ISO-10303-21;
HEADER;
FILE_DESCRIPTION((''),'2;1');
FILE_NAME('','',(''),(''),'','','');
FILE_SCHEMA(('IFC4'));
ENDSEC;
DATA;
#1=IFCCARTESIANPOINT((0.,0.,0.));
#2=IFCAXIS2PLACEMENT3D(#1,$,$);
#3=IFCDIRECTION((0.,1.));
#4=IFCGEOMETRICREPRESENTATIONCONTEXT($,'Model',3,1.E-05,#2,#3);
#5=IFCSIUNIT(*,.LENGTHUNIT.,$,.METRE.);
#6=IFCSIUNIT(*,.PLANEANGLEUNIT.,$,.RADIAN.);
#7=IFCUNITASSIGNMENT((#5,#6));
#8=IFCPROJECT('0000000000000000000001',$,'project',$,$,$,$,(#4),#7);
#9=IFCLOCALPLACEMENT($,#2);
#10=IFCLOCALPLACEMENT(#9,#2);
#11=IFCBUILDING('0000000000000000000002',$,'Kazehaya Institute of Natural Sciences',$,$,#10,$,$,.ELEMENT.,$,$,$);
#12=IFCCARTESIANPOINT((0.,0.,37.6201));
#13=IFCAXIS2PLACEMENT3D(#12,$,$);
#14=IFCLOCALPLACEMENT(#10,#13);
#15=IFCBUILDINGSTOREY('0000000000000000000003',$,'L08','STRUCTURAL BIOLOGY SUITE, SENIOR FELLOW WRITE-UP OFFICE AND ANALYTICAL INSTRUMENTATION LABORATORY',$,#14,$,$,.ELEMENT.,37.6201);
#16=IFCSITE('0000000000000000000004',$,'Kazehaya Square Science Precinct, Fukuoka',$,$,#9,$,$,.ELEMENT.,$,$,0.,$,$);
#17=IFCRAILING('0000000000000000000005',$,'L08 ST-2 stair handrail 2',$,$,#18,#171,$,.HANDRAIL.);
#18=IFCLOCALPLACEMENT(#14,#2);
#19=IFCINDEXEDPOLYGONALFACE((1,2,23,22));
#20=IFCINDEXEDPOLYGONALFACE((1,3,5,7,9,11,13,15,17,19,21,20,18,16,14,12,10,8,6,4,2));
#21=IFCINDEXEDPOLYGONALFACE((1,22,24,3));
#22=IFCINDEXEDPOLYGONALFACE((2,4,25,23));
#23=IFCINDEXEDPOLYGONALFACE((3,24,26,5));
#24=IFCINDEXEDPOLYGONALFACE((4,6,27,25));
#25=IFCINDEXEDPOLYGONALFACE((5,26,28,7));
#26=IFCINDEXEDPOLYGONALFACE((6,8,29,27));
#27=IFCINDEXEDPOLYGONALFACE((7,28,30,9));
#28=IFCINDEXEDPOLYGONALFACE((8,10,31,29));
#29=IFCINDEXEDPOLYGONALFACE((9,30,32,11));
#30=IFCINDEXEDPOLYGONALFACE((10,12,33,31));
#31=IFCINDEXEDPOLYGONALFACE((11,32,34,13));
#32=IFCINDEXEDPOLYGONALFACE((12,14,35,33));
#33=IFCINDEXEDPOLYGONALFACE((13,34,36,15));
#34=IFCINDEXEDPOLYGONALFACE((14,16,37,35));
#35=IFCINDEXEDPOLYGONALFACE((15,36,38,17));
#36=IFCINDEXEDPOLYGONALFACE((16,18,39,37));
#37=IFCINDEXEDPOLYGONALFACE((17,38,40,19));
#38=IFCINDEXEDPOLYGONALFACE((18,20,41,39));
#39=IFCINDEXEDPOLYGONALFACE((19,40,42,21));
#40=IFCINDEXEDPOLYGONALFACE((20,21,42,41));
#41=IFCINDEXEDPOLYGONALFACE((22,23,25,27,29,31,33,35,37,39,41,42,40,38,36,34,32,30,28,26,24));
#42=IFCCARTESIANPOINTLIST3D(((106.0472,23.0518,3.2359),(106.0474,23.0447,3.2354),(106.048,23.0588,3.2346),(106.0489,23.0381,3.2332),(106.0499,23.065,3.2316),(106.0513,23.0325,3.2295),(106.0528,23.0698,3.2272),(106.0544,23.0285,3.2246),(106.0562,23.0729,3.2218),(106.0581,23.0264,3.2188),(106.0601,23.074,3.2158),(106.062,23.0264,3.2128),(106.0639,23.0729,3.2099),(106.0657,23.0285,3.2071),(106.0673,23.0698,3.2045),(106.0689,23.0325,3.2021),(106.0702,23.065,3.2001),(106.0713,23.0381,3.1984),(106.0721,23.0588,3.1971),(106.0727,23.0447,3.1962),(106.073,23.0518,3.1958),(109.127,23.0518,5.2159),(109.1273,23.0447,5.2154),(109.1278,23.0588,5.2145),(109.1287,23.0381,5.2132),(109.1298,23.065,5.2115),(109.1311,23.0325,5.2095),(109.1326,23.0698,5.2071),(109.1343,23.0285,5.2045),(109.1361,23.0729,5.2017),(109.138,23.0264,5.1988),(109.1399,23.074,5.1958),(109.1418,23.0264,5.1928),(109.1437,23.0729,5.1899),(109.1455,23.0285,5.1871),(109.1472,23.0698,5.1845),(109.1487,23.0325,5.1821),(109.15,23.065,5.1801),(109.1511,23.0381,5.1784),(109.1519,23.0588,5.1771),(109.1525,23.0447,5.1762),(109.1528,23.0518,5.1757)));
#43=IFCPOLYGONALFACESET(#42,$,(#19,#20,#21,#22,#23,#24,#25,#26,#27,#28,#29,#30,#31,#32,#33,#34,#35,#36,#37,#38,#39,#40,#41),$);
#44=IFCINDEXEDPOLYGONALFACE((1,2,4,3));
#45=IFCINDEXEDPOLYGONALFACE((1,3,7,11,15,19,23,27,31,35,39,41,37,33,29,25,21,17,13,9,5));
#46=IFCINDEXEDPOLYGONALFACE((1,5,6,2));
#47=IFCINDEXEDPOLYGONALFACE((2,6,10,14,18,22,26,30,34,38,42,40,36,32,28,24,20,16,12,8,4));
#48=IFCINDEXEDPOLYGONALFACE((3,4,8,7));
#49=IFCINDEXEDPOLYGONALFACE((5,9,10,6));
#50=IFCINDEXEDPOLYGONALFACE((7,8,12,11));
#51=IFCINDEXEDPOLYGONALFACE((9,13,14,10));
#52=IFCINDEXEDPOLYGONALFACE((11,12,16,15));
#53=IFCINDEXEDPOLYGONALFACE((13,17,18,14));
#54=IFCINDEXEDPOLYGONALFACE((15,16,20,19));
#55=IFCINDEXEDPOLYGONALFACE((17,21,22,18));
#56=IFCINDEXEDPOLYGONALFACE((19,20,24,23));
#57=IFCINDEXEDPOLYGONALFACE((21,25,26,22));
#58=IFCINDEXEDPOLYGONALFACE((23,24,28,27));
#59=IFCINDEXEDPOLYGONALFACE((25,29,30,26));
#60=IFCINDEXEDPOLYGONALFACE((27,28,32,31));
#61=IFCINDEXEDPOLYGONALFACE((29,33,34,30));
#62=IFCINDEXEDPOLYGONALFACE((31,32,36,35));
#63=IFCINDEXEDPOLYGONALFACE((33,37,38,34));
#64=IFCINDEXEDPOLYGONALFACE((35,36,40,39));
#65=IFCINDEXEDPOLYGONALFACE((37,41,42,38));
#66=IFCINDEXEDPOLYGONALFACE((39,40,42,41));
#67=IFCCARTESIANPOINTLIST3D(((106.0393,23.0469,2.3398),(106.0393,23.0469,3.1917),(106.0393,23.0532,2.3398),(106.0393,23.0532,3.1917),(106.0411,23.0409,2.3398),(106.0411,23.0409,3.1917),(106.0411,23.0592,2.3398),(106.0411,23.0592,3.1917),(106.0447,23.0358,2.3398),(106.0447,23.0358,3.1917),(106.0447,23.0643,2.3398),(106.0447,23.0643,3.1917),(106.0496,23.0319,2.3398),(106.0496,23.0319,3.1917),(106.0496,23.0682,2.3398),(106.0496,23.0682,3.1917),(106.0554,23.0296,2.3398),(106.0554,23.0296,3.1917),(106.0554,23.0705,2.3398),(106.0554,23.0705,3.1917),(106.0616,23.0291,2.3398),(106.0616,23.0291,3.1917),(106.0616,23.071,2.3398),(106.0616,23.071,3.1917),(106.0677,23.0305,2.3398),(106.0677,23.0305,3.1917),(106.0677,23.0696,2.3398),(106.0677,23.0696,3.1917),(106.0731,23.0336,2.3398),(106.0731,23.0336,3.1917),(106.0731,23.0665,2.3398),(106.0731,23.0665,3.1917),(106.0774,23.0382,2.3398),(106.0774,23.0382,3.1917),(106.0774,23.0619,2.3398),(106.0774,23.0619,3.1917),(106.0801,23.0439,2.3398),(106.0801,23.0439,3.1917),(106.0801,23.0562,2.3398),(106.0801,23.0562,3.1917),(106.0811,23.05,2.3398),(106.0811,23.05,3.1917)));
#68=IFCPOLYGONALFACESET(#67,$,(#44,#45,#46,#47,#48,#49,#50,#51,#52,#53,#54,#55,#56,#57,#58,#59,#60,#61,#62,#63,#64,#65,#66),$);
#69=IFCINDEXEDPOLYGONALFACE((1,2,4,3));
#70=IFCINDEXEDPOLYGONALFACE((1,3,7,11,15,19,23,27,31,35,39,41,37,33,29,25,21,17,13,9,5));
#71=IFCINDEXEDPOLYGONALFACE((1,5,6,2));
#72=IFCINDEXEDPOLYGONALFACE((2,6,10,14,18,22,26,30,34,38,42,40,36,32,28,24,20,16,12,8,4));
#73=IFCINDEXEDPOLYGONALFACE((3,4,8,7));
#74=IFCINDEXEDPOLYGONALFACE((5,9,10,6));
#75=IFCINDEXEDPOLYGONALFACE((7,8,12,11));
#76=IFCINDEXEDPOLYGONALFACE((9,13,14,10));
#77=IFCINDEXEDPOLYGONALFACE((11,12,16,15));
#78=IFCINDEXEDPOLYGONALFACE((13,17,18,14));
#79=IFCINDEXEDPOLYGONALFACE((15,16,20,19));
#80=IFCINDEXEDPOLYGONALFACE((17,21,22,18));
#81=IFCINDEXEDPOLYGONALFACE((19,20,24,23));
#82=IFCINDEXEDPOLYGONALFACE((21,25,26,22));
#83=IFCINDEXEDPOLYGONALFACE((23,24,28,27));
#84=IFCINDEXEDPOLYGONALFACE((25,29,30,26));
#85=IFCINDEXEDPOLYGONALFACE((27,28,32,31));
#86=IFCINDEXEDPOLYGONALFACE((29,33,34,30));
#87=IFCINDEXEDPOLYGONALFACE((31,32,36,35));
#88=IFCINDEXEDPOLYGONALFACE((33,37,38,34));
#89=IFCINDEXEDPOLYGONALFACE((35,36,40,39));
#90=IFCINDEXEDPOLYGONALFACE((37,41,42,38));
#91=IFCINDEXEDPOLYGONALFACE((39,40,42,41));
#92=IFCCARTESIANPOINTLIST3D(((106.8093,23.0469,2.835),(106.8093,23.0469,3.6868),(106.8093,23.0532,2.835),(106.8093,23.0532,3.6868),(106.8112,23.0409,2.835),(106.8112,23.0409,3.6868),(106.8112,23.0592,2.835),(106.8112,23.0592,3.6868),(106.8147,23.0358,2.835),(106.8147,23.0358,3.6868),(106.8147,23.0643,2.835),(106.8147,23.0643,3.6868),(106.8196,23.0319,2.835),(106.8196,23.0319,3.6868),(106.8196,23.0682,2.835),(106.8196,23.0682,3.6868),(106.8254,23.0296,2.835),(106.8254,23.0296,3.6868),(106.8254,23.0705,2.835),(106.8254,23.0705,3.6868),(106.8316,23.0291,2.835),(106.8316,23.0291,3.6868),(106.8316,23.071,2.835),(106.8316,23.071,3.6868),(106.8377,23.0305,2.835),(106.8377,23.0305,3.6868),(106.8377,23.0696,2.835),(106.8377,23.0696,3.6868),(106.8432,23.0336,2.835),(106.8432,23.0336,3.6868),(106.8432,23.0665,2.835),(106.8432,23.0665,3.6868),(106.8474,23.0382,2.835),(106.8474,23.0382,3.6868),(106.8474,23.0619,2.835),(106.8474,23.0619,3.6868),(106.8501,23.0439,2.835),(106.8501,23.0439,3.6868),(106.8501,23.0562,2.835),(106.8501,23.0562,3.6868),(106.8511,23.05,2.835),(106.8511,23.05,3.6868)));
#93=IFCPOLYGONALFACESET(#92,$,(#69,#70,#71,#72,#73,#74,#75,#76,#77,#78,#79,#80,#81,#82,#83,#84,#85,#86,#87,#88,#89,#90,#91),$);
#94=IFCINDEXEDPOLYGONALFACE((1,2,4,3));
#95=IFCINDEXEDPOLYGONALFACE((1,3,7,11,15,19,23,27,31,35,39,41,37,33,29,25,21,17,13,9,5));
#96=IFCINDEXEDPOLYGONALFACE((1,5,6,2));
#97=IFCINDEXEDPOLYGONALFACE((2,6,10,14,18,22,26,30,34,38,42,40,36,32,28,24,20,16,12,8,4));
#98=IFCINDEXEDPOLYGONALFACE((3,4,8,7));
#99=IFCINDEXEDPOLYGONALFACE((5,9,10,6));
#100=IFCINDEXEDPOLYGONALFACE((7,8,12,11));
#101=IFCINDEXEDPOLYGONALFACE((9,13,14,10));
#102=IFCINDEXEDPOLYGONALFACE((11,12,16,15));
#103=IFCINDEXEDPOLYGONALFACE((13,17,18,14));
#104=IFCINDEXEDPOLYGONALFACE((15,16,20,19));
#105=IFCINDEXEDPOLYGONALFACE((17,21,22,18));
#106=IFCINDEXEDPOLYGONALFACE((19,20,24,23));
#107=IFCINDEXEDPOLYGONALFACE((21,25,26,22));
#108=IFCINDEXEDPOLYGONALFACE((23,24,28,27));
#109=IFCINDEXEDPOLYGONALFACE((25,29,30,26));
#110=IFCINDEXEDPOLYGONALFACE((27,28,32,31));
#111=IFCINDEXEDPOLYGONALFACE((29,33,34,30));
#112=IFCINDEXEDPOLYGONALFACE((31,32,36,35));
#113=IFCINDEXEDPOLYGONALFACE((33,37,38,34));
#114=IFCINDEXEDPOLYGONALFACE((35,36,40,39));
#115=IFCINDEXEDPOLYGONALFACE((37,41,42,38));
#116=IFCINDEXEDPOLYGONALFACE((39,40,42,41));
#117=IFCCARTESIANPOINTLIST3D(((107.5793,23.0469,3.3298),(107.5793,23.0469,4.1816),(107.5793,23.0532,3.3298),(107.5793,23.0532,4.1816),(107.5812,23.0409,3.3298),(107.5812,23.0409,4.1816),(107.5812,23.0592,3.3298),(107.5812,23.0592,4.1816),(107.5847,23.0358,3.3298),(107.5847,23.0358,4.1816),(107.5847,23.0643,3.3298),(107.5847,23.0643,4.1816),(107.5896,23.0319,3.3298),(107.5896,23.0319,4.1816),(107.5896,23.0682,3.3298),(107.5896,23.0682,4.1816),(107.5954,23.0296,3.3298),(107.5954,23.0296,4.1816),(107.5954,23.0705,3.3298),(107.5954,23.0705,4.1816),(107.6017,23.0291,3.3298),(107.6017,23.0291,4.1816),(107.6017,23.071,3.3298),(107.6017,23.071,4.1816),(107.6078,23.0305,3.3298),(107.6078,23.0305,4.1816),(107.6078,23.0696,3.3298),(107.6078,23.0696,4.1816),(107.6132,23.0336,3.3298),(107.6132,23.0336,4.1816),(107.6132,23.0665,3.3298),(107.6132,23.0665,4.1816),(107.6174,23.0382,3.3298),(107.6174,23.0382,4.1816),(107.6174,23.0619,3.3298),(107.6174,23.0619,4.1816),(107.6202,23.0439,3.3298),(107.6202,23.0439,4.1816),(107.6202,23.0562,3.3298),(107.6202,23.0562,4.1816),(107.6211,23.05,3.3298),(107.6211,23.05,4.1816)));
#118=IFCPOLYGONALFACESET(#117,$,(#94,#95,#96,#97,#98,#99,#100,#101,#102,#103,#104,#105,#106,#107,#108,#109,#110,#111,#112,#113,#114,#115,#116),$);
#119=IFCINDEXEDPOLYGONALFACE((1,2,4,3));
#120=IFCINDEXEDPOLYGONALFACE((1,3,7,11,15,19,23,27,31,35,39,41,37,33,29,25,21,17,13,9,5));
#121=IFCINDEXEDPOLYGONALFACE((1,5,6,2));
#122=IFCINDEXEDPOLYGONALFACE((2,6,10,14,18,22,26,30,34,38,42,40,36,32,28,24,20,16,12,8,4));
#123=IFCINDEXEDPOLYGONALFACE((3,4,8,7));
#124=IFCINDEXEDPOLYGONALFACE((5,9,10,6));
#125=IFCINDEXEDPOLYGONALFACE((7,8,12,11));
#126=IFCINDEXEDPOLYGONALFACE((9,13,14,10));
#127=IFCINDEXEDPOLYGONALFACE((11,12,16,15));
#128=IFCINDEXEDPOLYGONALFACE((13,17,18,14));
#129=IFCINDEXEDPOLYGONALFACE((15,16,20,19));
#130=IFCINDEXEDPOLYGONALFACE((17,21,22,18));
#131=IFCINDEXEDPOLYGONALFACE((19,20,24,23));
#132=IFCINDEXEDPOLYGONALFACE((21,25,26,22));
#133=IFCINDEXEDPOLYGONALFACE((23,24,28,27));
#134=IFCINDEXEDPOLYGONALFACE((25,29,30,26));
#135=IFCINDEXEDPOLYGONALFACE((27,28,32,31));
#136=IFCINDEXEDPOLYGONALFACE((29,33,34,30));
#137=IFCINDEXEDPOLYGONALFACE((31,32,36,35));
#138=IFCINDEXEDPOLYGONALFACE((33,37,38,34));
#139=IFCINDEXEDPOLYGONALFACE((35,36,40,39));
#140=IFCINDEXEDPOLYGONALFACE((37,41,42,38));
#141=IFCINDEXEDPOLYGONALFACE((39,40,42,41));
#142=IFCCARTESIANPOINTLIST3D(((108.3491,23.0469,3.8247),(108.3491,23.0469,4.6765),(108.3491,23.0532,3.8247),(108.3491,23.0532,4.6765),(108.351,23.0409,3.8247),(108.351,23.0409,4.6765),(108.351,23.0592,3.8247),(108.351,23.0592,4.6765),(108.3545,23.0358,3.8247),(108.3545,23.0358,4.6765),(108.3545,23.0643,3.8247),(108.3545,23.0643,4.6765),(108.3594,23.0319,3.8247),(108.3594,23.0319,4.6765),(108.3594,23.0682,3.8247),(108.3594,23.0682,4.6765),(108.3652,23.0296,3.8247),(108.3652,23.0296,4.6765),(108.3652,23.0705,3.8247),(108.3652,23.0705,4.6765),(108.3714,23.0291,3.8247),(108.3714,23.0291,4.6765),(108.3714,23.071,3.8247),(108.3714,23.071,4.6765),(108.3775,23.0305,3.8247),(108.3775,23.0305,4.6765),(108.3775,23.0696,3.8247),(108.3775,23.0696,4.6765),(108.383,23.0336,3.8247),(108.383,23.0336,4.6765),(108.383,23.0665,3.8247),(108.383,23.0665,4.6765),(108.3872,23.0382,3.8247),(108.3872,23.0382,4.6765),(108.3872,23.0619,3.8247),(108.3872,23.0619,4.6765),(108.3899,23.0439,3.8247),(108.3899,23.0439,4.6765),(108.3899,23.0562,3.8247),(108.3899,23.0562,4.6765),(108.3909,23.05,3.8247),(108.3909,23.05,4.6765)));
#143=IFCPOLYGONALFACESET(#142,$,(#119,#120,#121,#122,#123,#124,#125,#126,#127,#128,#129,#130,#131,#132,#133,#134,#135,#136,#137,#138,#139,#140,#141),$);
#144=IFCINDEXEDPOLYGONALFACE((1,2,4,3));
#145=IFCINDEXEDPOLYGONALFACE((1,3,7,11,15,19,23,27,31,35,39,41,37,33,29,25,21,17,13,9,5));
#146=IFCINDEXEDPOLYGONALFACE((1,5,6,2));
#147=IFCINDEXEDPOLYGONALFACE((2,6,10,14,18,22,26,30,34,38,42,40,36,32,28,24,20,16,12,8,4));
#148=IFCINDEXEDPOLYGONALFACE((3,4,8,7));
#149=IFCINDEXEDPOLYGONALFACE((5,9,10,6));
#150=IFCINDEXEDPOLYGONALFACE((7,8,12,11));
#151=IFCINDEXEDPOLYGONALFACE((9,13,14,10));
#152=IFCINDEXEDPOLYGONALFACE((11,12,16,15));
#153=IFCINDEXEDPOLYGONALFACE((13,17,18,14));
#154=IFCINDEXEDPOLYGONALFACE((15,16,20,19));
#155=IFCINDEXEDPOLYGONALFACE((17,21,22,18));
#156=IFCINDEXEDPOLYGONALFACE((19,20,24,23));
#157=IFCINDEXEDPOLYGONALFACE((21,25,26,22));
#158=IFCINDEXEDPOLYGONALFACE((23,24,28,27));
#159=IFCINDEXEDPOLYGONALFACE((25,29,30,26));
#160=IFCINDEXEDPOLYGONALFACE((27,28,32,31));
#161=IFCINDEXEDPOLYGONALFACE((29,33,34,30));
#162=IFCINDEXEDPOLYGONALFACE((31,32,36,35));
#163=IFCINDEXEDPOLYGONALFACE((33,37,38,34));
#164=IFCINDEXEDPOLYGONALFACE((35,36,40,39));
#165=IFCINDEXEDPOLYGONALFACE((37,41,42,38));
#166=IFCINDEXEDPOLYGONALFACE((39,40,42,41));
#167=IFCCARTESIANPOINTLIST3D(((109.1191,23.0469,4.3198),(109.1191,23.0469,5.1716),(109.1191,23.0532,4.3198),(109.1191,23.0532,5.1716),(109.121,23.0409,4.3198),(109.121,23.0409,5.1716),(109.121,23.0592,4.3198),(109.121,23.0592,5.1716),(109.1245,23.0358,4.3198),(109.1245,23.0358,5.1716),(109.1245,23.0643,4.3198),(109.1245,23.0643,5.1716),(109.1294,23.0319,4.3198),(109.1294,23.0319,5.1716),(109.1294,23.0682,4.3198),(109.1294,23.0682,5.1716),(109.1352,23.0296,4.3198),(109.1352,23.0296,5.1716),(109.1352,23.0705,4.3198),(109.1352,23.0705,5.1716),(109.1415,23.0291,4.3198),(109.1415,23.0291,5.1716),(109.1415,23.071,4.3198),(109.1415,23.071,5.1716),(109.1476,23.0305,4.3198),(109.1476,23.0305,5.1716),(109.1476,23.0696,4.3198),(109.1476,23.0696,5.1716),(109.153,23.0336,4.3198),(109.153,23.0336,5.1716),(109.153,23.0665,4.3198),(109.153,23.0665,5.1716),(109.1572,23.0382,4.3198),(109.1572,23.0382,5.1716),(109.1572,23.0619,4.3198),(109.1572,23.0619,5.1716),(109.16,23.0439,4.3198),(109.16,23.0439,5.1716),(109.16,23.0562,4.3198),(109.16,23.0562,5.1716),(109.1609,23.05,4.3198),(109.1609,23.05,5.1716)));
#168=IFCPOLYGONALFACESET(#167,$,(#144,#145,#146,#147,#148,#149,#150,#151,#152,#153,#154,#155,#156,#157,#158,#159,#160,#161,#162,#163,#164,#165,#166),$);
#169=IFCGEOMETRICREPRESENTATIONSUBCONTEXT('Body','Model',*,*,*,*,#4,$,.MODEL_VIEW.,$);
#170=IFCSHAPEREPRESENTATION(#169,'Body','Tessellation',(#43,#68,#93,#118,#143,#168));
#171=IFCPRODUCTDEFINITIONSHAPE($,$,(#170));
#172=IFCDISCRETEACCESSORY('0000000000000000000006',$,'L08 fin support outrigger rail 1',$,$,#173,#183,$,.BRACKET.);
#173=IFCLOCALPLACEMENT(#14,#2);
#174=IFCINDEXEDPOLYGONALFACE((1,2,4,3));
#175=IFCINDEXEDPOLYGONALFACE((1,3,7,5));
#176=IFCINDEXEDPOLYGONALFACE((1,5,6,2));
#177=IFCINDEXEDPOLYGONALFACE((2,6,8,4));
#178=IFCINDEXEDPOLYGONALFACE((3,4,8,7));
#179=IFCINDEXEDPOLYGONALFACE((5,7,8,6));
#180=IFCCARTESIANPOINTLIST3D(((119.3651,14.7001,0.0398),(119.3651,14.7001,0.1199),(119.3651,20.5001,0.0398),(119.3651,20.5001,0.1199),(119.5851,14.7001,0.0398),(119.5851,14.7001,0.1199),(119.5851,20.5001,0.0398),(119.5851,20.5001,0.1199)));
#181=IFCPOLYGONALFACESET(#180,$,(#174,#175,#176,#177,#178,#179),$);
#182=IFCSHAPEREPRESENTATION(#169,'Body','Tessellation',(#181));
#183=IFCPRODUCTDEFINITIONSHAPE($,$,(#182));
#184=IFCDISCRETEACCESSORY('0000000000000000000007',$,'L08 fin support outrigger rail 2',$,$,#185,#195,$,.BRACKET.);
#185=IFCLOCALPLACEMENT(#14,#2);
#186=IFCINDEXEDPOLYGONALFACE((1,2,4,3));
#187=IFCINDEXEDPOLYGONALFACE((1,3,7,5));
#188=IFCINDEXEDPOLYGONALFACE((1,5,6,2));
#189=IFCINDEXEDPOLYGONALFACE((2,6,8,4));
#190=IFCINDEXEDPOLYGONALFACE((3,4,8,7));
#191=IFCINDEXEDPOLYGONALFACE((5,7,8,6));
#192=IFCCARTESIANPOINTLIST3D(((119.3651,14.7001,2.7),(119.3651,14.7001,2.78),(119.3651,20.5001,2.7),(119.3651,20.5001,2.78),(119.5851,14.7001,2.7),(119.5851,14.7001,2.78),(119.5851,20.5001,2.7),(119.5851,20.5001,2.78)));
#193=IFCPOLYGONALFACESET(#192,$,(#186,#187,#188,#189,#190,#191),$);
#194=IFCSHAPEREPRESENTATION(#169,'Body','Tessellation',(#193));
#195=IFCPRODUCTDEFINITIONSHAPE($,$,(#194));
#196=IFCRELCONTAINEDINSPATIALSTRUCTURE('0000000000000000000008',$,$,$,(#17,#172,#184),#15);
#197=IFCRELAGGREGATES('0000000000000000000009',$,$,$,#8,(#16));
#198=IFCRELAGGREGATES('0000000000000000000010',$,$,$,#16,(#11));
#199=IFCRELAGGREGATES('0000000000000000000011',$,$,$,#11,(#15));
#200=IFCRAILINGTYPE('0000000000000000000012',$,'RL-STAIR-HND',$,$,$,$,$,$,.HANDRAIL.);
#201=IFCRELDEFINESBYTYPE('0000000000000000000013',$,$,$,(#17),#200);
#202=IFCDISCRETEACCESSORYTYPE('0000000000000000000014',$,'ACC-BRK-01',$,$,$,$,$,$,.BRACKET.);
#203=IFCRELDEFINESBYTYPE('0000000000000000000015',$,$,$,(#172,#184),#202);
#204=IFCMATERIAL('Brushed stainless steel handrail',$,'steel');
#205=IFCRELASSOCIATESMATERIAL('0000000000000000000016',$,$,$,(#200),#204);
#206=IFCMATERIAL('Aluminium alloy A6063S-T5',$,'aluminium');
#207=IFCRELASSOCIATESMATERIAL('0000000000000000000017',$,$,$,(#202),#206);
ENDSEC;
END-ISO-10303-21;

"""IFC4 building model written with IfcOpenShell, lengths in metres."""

from ifc_helpers import new_model, si_unit, direction, frame, origin, origin_2d, place, context, subcontext, project, spatial, rectangle, circle, extrude, material, type_object, element, save


model = new_model("IFC4")

# Units and contexts
model_context = context("Model", 3, precision=1e-05, world=origin(), true_north=direction((0.0, 1.0)))
body_context = subcontext(model_context, "Body", "Model", "MODEL_VIEW")
ifc_project = project(units=[si_unit("LENGTHUNIT", "METRE"), si_unit("PLANEANGLEUNIT", "RADIAN")], contexts=[model_context])

# Site, building, storey
site_placement = place(None, origin())
site = spatial("IfcSite", under=ifc_project, at=site_placement, Name="Kazehaya Square Science Precinct, Fukuoka", CompositionType="ELEMENT", RefElevation=0.0)
building_placement = place(site_placement, origin())
building = spatial("IfcBuilding", under=site, at=building_placement, Name="Kazehaya Institute of Natural Sciences", CompositionType="ELEMENT")
storey_placement = place(building_placement, frame((0.0, 0.0, 37.6201)))
storey = spatial("IfcBuildingStorey", under=building, at=storey_placement, Name="L08", Description="STRUCTURAL BIOLOGY SUITE, SENIOR FELLOW WRITE-UP OFFICE AND ANALYTICAL INSTRUMENTATION LABORATORY", CompositionType="ELEMENT", Elevation=37.6201)

# Shared definitions
ifc_material_1 = material(Name="Aluminium alloy A6063S-T5", Category="aluminium")

# Railing
ifc_material_2 = material(Name="Brushed stainless steel handrail", Category="steel")
railing_type_1 = type_object("IfcRailingType", Name="RL-STAIR-HND", PredefinedType="HANDRAIL", material=ifc_material_2)
railing_1_placement = place(storey_placement, frame((106.0601, 23.05, 2.3398)))
element("IfcRailing", 1, at=railing_1_placement, inside=storey, type_object=railing_type_1, Name="L08 ST-2 stair handrail 2", PredefinedType="HANDRAIL", context=body_context, shape_type="SweptSolid", body=[
    extrude(circle(Radius=0.0239, at=origin_2d()), frame((0.0, 0.0, 0.876), z_axis=(0.841168, 0.0, 0.540774), x_axis=(0.0, 1.0, 0.0)), (0.0, 0.0, 1.0), 3.6614),
    extrude(circle(Radius=0.021, at=origin_2d()), origin(), (0.0, 0.0, 1.0), 0.8518),
    extrude(circle(Radius=0.021, at=origin_2d()), frame((0.77, 0.0, 0.4951)), (0.0, 0.0, 1.0), 0.8518),
    extrude(circle(Radius=0.021, at=origin_2d()), frame((1.54, 0.0, 0.99)), (0.0, 0.0, 1.0), 0.8518),
    extrude(circle(Radius=0.021, at=origin_2d()), frame((2.3098, 0.0, 1.4849)), (0.0, 0.0, 1.0), 0.8518),
    extrude(circle(Radius=0.021, at=origin_2d()), frame((3.0798, 0.0, 1.98)), (0.0, 0.0, 1.0), 0.8518),
])

# Discrete accessories
discrete_accessory_type = type_object("IfcDiscreteAccessoryType", Name="ACC-BRK-01", PredefinedType="BRACKET", material=ifc_material_1)
for number, where, z_axis, x_axis, name in (
    (2, (119.4751, 17.6001, 0.0398), (0.0, 0.0, 1.0), (0.0, -1.0, 0.0), "L08 fin support outrigger rail 1"),
    (3, (119.4751, 17.6001, 2.7), (0.0, 0.0, 1.0), (0.0, -1.0, 0.0), "L08 fin support outrigger rail 2"),
):
    element("IfcDiscreteAccessory", number, at=place(storey_placement, frame(where, z_axis=z_axis, x_axis=x_axis)), inside=storey, type_object=discrete_accessory_type, Name=name, PredefinedType="BRACKET", context=body_context, shape_type="SweptSolid", body=[
        extrude(rectangle(XDim=5.8, YDim=0.22, at=origin_2d()), origin(), (0.0, 0.0, 1.0), 0.0801),
    ])

save(model, "model.ifc")
